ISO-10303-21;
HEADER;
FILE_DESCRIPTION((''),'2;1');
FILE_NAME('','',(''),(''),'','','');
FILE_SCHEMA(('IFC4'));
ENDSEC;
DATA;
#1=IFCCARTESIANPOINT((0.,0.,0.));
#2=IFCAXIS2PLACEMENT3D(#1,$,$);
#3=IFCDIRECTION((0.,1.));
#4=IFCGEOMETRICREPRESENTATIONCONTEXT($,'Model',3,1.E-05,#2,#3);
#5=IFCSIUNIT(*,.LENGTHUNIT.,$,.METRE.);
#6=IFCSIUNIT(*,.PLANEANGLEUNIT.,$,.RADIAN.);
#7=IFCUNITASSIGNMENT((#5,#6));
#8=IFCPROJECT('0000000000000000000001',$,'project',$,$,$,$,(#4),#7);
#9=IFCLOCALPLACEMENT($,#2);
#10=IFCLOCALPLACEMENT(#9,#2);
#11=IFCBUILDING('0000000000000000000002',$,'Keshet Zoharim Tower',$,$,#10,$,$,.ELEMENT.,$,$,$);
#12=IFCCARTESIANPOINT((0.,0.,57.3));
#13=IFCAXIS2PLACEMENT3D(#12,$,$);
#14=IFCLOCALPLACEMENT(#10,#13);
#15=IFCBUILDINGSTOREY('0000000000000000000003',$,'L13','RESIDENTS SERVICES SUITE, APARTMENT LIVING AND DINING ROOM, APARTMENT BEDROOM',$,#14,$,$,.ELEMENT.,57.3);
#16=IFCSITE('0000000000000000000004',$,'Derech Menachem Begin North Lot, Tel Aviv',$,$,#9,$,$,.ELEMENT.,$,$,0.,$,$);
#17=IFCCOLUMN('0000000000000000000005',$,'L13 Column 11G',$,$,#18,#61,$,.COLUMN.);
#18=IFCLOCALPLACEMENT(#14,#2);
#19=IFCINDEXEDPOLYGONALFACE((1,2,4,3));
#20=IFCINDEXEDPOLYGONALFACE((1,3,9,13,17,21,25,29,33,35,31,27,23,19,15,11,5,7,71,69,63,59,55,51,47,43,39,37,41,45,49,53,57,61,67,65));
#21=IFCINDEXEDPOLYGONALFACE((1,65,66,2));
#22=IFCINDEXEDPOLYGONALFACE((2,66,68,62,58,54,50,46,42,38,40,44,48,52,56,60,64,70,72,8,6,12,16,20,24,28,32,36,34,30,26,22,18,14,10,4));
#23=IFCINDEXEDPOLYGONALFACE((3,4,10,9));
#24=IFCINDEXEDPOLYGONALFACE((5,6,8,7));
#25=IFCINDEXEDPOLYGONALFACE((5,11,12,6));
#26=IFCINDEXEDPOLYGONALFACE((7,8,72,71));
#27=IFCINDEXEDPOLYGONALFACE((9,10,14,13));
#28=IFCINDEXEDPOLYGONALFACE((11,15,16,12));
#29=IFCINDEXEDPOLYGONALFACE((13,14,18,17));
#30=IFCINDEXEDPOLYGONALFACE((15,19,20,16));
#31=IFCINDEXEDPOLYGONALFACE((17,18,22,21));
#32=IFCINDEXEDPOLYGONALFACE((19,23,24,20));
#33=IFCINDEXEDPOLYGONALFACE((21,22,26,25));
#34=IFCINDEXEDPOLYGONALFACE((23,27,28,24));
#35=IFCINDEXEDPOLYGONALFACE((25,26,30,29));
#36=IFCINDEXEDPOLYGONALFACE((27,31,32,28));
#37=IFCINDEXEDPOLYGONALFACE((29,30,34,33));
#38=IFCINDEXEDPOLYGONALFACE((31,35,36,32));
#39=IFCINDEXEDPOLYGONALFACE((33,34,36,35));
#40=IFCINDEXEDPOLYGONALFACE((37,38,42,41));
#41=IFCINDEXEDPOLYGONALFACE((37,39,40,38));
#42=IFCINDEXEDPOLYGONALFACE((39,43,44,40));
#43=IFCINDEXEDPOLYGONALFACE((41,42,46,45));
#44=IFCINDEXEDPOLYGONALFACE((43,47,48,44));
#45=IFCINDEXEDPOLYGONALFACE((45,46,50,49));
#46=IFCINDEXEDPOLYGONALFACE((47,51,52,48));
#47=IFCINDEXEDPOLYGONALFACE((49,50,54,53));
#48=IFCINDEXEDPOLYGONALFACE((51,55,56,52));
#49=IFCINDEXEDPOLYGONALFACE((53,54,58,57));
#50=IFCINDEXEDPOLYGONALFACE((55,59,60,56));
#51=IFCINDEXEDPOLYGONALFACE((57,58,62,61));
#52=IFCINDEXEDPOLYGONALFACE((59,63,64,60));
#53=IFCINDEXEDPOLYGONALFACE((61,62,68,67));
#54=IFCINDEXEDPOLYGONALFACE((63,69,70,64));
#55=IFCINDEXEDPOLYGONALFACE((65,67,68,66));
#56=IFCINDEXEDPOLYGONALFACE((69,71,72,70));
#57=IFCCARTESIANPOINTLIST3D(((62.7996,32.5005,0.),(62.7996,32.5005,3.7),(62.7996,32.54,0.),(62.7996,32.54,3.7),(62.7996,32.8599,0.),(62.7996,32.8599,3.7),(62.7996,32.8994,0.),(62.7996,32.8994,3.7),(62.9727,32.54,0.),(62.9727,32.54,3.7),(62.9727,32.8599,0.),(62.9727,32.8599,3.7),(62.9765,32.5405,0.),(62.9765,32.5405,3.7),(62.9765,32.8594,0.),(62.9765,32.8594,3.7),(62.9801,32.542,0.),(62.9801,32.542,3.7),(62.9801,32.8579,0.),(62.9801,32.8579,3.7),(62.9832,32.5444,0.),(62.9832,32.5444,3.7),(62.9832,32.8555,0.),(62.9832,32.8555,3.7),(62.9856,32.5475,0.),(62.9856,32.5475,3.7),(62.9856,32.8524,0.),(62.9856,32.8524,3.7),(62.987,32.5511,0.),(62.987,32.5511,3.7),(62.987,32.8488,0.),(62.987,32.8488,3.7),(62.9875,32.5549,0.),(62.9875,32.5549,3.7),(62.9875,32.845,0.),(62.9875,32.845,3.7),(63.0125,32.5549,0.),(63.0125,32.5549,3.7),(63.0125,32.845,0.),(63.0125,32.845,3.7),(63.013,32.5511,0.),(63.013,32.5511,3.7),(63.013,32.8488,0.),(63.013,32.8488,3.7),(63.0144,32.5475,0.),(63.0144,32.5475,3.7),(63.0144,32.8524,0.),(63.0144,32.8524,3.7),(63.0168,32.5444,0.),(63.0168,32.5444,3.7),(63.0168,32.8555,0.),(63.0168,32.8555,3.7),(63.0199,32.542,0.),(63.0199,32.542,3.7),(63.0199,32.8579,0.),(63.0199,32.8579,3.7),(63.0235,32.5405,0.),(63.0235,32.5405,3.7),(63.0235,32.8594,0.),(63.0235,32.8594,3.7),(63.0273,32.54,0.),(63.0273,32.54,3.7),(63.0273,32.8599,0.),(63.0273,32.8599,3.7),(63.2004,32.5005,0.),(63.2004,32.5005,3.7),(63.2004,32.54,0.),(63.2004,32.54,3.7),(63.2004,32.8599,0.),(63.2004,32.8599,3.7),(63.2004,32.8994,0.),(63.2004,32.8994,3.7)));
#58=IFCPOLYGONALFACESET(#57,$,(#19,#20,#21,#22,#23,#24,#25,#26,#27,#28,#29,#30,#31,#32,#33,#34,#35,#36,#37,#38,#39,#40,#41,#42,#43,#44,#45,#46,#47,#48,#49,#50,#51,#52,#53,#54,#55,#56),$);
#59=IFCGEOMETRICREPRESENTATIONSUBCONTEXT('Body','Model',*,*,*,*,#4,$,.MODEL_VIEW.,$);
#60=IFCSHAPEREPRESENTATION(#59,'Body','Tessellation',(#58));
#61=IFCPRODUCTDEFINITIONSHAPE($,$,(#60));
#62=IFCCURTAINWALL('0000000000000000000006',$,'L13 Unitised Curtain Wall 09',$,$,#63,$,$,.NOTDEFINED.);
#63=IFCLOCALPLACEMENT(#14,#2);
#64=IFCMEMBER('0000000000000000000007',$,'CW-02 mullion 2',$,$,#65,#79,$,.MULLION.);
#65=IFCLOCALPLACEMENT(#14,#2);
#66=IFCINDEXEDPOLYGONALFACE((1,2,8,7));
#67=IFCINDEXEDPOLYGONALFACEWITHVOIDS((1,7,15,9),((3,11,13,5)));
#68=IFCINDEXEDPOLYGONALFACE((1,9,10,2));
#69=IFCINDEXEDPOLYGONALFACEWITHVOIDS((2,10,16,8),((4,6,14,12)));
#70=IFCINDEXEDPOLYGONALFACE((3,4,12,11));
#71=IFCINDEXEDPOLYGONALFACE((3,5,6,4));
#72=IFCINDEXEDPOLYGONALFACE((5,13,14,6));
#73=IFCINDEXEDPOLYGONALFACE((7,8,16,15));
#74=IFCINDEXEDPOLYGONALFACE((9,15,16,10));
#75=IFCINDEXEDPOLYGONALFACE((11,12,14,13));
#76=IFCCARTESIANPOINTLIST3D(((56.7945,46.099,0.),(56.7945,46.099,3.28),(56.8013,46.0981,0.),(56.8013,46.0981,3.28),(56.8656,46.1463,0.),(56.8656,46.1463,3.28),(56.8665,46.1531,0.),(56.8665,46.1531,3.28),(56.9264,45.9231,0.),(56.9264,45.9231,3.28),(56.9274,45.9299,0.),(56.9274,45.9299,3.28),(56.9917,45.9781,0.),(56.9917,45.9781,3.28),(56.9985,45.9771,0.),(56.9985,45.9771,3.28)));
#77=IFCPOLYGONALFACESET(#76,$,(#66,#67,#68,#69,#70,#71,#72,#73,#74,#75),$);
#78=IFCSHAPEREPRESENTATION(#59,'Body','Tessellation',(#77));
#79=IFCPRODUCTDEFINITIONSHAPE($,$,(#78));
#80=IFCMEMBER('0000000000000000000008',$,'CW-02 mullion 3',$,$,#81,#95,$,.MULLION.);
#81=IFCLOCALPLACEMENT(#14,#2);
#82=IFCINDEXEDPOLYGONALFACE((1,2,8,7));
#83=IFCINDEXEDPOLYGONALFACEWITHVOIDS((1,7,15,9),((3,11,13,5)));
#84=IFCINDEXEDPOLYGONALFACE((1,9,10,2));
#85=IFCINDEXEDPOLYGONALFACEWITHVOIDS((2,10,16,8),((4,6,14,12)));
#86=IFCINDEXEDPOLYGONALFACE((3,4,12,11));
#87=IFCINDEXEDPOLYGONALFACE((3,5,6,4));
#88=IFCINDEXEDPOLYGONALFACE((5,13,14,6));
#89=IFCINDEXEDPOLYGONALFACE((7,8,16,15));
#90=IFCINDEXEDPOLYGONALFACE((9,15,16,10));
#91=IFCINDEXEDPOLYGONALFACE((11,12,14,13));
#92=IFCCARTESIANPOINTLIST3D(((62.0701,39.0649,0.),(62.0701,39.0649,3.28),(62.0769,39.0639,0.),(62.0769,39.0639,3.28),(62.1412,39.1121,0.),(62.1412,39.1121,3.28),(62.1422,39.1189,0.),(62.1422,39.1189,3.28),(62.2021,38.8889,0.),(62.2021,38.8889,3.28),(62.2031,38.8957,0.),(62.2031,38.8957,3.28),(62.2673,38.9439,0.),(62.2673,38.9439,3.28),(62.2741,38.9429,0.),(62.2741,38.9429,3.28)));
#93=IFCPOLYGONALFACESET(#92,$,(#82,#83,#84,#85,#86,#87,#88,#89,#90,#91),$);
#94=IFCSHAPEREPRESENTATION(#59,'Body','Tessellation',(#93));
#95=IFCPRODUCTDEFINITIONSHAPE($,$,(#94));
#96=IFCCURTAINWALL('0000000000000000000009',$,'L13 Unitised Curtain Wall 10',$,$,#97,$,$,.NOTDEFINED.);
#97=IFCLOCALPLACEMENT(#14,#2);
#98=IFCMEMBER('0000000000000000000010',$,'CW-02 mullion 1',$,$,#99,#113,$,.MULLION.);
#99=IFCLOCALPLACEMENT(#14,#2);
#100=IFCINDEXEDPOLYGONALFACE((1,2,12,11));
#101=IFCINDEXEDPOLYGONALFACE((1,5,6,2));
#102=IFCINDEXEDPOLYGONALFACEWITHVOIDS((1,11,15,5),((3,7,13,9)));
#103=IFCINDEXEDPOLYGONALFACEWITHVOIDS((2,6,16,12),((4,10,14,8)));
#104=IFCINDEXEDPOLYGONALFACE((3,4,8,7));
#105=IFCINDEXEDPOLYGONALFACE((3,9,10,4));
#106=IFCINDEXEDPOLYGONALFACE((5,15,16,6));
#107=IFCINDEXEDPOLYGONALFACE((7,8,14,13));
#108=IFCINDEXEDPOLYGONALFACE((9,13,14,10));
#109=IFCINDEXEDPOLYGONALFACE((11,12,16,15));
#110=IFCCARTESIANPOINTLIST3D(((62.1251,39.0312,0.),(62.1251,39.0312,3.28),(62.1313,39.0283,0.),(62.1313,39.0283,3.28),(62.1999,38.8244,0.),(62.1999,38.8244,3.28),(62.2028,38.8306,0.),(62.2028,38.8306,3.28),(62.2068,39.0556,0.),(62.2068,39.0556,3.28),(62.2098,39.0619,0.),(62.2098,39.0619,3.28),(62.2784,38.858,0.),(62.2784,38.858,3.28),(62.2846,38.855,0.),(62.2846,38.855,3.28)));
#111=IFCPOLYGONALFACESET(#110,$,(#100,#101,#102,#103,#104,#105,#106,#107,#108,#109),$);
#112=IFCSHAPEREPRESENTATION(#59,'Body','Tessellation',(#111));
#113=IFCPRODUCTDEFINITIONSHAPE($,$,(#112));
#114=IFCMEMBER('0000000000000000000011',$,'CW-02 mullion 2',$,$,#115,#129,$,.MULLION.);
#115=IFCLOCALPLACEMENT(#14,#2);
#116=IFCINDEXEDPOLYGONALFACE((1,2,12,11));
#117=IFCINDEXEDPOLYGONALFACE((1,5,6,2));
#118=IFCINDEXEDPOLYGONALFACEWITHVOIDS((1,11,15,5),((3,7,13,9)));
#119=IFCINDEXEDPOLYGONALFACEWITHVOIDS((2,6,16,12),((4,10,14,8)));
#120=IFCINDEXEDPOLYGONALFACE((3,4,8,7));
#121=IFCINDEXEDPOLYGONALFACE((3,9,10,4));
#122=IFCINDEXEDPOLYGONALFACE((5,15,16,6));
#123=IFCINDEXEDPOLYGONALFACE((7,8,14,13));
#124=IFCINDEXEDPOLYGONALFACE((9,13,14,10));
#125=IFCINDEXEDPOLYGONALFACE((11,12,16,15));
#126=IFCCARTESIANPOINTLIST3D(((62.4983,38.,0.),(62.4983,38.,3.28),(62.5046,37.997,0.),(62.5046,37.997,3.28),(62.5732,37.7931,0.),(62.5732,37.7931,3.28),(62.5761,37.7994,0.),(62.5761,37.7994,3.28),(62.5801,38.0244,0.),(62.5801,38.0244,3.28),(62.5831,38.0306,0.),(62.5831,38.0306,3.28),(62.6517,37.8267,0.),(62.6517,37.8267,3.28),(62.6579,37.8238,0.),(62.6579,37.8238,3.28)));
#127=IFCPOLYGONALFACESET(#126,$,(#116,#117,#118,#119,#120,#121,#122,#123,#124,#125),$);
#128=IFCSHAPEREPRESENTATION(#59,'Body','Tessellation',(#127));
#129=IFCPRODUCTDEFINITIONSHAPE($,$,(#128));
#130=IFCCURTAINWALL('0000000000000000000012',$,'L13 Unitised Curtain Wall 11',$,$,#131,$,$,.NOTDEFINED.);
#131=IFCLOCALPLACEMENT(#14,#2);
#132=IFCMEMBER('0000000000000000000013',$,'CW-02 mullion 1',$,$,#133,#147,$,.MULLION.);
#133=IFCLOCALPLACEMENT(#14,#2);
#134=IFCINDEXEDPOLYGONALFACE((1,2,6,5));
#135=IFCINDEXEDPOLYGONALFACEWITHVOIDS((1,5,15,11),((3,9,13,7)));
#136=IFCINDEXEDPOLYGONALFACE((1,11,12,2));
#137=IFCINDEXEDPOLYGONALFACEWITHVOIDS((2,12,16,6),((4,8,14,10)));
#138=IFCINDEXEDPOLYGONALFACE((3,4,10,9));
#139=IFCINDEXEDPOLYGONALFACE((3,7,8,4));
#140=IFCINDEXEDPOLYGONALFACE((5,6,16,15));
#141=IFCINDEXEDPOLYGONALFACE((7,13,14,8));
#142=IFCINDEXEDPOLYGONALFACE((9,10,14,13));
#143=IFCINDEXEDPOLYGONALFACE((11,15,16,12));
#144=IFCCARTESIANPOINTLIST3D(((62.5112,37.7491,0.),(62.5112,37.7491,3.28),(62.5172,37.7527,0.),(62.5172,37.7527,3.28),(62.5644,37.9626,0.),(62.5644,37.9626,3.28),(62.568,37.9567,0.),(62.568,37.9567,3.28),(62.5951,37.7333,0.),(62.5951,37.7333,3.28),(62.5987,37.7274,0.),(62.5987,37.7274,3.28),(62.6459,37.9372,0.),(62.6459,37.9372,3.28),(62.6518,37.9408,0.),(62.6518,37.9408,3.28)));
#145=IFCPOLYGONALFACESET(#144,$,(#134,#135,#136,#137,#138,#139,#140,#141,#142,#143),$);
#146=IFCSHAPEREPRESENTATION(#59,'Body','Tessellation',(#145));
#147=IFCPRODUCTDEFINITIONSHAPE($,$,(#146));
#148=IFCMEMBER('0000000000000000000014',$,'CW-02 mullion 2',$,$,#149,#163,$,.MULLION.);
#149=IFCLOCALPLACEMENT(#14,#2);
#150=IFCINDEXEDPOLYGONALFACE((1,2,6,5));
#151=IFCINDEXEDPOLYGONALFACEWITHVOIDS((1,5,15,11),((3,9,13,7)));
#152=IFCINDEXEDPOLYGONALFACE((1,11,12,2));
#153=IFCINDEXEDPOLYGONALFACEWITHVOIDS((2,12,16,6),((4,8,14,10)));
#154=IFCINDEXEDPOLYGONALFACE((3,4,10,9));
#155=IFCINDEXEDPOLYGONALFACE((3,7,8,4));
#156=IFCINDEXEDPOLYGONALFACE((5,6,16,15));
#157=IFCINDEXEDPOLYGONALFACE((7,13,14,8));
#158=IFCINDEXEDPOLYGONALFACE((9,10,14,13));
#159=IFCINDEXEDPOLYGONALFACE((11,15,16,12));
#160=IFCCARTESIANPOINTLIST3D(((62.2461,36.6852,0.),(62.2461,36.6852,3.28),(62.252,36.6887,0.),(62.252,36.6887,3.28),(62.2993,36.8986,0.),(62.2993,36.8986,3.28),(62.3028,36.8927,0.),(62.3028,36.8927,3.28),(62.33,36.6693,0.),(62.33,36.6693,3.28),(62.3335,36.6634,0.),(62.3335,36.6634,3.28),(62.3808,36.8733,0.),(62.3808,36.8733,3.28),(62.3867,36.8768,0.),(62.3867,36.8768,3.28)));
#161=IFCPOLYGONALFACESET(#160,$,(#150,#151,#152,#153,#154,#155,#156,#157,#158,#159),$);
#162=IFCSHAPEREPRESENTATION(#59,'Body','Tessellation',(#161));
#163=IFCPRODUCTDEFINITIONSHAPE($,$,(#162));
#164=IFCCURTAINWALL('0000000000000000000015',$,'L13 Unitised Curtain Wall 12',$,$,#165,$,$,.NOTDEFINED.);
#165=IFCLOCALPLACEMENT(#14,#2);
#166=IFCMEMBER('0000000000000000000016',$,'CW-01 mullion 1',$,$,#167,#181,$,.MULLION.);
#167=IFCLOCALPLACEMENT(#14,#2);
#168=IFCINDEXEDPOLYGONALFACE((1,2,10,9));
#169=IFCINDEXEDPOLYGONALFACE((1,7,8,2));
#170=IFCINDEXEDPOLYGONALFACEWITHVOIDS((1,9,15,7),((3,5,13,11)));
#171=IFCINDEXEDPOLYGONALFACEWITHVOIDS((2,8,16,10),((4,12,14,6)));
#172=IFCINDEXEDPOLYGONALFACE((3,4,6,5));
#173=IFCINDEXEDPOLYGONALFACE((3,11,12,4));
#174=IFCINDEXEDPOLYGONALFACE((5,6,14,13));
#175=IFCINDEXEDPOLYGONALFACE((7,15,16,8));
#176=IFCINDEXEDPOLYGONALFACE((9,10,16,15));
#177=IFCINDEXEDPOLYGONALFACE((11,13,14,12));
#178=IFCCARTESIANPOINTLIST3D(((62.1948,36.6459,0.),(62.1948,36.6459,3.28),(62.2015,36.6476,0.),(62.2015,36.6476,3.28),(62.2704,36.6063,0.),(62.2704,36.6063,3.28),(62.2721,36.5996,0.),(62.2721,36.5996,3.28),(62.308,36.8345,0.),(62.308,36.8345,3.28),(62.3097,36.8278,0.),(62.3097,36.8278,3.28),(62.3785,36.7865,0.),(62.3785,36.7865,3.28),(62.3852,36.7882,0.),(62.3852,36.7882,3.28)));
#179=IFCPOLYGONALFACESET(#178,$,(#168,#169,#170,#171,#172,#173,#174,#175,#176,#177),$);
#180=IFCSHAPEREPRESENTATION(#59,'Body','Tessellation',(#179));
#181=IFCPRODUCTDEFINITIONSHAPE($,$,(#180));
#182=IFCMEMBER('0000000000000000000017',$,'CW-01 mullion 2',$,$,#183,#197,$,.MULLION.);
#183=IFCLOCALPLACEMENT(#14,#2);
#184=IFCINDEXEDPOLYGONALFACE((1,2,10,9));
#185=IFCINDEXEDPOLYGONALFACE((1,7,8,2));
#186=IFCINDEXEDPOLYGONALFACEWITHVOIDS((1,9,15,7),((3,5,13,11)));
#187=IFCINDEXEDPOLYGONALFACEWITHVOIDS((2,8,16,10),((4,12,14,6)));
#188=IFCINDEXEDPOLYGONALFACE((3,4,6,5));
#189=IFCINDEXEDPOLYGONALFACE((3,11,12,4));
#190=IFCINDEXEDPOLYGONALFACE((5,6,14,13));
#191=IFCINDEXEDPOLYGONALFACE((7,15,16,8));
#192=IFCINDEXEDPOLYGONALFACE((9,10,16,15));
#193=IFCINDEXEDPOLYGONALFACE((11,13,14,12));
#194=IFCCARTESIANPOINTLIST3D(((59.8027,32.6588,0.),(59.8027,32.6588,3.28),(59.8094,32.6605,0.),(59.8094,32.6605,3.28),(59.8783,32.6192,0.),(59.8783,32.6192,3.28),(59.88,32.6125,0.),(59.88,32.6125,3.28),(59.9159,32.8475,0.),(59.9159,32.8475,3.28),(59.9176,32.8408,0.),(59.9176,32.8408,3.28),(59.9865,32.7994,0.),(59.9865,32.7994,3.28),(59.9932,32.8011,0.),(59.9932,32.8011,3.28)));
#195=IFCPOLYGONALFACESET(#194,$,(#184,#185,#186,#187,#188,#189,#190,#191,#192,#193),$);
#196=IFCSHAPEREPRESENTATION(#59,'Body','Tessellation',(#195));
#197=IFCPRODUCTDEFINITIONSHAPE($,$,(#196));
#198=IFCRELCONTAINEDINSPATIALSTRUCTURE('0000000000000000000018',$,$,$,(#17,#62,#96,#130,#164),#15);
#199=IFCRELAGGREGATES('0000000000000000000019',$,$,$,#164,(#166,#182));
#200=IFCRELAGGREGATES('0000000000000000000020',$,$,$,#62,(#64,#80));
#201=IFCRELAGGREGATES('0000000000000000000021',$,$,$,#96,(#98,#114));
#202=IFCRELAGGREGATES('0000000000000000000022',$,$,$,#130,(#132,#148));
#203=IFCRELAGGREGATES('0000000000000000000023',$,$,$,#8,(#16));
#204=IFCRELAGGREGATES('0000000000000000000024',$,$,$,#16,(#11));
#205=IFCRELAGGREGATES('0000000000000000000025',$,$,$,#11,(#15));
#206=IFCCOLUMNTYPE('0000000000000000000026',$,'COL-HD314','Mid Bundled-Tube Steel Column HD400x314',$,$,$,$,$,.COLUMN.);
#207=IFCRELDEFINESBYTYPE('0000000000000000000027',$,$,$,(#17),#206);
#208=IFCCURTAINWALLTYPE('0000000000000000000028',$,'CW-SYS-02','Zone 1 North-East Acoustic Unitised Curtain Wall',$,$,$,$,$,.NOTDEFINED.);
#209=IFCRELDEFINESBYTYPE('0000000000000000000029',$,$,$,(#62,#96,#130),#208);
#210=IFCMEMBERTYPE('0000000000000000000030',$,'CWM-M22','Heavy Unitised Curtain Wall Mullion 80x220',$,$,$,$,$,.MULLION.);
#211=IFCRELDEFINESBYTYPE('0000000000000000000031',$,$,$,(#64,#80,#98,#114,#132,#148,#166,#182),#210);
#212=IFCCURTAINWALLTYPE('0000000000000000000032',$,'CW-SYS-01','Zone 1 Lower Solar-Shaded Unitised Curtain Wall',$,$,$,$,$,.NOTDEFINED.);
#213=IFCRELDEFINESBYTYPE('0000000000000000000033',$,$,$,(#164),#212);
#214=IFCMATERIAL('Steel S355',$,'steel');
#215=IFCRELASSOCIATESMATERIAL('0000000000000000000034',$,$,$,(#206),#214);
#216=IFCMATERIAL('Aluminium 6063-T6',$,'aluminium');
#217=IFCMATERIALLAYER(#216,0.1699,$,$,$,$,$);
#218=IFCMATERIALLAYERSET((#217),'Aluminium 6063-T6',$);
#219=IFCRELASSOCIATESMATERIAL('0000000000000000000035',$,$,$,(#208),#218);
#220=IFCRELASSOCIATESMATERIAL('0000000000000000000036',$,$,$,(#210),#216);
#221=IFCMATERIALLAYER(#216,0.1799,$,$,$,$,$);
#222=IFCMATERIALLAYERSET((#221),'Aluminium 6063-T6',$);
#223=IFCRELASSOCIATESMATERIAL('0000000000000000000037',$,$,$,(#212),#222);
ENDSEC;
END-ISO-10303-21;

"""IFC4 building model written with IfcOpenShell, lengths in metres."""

from ifc_helpers import new_model, si_unit, direction, frame, origin, origin_2d, place, context, subcontext, project, spatial, hollow_rectangle, i_section, extrude, material, layer, layer_set, material_profile, profile_set, type_object, element, aggregate, save


model = new_model("IFC4")

# Units and contexts
model_context = context("Model", 3, precision=1e-05, world=origin(), true_north=direction((0.0, 1.0)))
body_context = subcontext(model_context, "Body", "Model", "MODEL_VIEW")
ifc_project = project(units=[si_unit("LENGTHUNIT", "METRE"), si_unit("PLANEANGLEUNIT", "RADIAN")], contexts=[model_context])

# Site, building, storey
site_placement = place(None, origin())
site = spatial("IfcSite", under=ifc_project, at=site_placement, Name="Derech Menachem Begin North Lot, Tel Aviv", CompositionType="ELEMENT", RefElevation=0.0)
building_placement = place(site_placement, origin())
building = spatial("IfcBuilding", under=site, at=building_placement, Name="Keshet Zoharim Tower", CompositionType="ELEMENT")
storey_placement = place(building_placement, frame((0.0, 0.0, 57.3)))
storey = spatial("IfcBuildingStorey", under=building, at=storey_placement, Name="L13", Description="RESIDENTS SERVICES SUITE, APARTMENT LIVING AND DINING ROOM, APARTMENT BEDROOM", CompositionType="ELEMENT", Elevation=57.3)

# Column
ifc_material_1 = material(Name="Steel S355", Category="steel")
ifc_material_profile_1 = material_profile(ifc_material_1, i_section(OverallWidth=0.4009, OverallDepth=0.3989, WebThickness=0.0249, FlangeThickness=0.0396, FilletRadius=0.0149, at=origin_2d()), Name="HD400x314")
ifc_profile_set_1 = profile_set([ifc_material_profile_1], Name="Steel S355")
column_type = type_object("IfcColumnType", Name="COL-HD314", Description="Mid Bundled-Tube Steel Column HD400x314", PredefinedType="COLUMN", material=ifc_profile_set_1)
column_placement = place(storey_placement, frame((63.0, 32.7, 0.0), z_axis=(0.0, 0.0, 1.0), x_axis=(1.0, 0.0, 0.0)))
element("IfcColumn", 1, at=column_placement, inside=storey, type_object=column_type, Name="L13 Column 11G", PredefinedType="COLUMN", context=body_context, shape_type="SweptSolid", body=[
    extrude(i_section(OverallWidth=0.4009, OverallDepth=0.3989, WebThickness=0.0249, FlangeThickness=0.0396, FilletRadius=0.0149, at=origin_2d()), origin(), (0.0, 0.0, 1.0), 3.7),
])

# Curtain walls, members
ifc_material_2 = material(Name="Aluminium 6063-T6", Category="aluminium")
ifc_layer_1 = layer(ifc_material_2, 0.1699)
ifc_layer_set_1 = layer_set([ifc_layer_1], Name="Aluminium 6063-T6")
curtain_wall_type_1 = type_object("IfcCurtainWallType", Name="CW-SYS-02", Description="Zone 1 North-East Acoustic Unitised Curtain Wall", PredefinedType="NOTDEFINED", material=ifc_layer_set_1)
curtain_wall_1_placement = place(storey_placement, origin())
curtain_wall_1 = element("IfcCurtainWall", 2, at=curtain_wall_1_placement, inside=storey, type_object=curtain_wall_type_1, Name="L13 Unitised Curtain Wall 09", PredefinedType="NOTDEFINED")
ifc_material_profile_2 = material_profile(ifc_material_2, hollow_rectangle(XDim=0.0901, YDim=0.22, WallThickness=0.0049, at=origin_2d()), Name="MUL-90x220")
ifc_profile_set_2 = profile_set([ifc_material_profile_2], Name="Aluminium 6063-T6")
member_type_1 = type_object("IfcMemberType", Name="CWM-M22", Description="Heavy Unitised Curtain Wall Mullion 80x220", PredefinedType="MULLION", material=ifc_profile_set_2)
member_1_placement = place(storey_placement, frame((56.8965, 46.0381, 0.0), z_axis=(0.0, 0.0, 1.0), x_axis=(0.8, 0.6, 0.0)))
member_1 = element("IfcMember", 3, at=member_1_placement, type_object=member_type_1, Name="CW-02 mullion 2", PredefinedType="MULLION", context=body_context, shape_type="SweptSolid", body=[
    extrude(hollow_rectangle(XDim=0.0901, YDim=0.22, WallThickness=0.0049, at=origin_2d()), origin(), (0.0, 0.0, 1.0), 3.28),
])
member_2_placement = place(storey_placement, frame((62.1721, 39.0039, 0.0), z_axis=(0.0, 0.0, 1.0), x_axis=(0.8, 0.6, 0.0)))
member_2 = element("IfcMember", 4, at=member_2_placement, type_object=member_type_1, Name="CW-02 mullion 3", PredefinedType="MULLION", context=body_context, shape_type="SweptSolid", body=[
    extrude(hollow_rectangle(XDim=0.0901, YDim=0.22, WallThickness=0.0049, at=origin_2d()), origin(), (0.0, 0.0, 1.0), 3.28),
])
curtain_wall_2_placement = place(storey_placement, origin())
curtain_wall_2 = element("IfcCurtainWall", 5, at=curtain_wall_2_placement, inside=storey, type_object=curtain_wall_type_1, Name="L13 Unitised Curtain Wall 10", PredefinedType="NOTDEFINED")
member_3_placement = place(storey_placement, frame((62.2048, 38.9431, 0.0), z_axis=(0.0, 0.0, 1.0), x_axis=(0.940318, 0.340297, 0.0)))
member_3 = element("IfcMember", 6, at=member_3_placement, type_object=member_type_1, Name="CW-02 mullion 1", PredefinedType="MULLION", context=body_context, shape_type="SweptSolid", body=[
    extrude(hollow_rectangle(XDim=0.0901, YDim=0.22, WallThickness=0.0049, at=origin_2d()), origin(), (0.0, 0.0, 1.0), 3.28),
])
member_4_placement = place(storey_placement, frame((62.5781, 37.9119, 0.0), z_axis=(0.0, 0.0, 1.0), x_axis=(0.940318, 0.340297, 0.0)))
member_4 = element("IfcMember", 7, at=member_4_placement, type_object=member_type_1, Name="CW-02 mullion 2", PredefinedType="MULLION", context=body_context, shape_type="SweptSolid", body=[
    extrude(hollow_rectangle(XDim=0.0901, YDim=0.22, WallThickness=0.0049, at=origin_2d()), origin(), (0.0, 0.0, 1.0), 3.28),
])
curtain_wall_3_placement = place(storey_placement, origin())
curtain_wall_3 = element("IfcCurtainWall", 8, at=curtain_wall_3_placement, inside=storey, type_object=curtain_wall_type_1, Name="L13 Unitised Curtain Wall 11", PredefinedType="NOTDEFINED")
member_5_placement = place(storey_placement, frame((62.5815, 37.845, 0.0), z_axis=(0.0, 0.0, 1.0), x_axis=(0.970344, -0.241729, 0.0)))
member_5 = element("IfcMember", 9, at=member_5_placement, type_object=member_type_1, Name="CW-02 mullion 1", PredefinedType="MULLION", context=body_context, shape_type="SweptSolid", body=[
    extrude(hollow_rectangle(XDim=0.0901, YDim=0.22, WallThickness=0.0049, at=origin_2d()), origin(), (0.0, 0.0, 1.0), 3.28),
])
member_6_placement = place(storey_placement, frame((62.3164, 36.781, 0.0), z_axis=(0.0, 0.0, 1.0), x_axis=(0.970344, -0.241729, 0.0)))
member_6 = element("IfcMember", 10, at=member_6_placement, type_object=member_type_1, Name="CW-02 mullion 2", PredefinedType="MULLION", context=body_context, shape_type="SweptSolid", body=[
    extrude(hollow_rectangle(XDim=0.0901, YDim=0.22, WallThickness=0.0049, at=origin_2d()), origin(), (0.0, 0.0, 1.0), 3.28),
])
ifc_layer_2 = layer(ifc_material_2, 0.1799)
ifc_layer_set_2 = layer_set([ifc_layer_2], Name="Aluminium 6063-T6")
curtain_wall_type_2 = type_object("IfcCurtainWallType", Name="CW-SYS-01", Description="Zone 1 Lower Solar-Shaded Unitised Curtain Wall", PredefinedType="NOTDEFINED", material=ifc_layer_set_2)
curtain_wall_4_placement = place(storey_placement, origin())
curtain_wall_4 = element("IfcCurtainWall", 11, at=curtain_wall_4_placement, inside=storey, type_object=curtain_wall_type_2, Name="L13 Unitised Curtain Wall 12", PredefinedType="NOTDEFINED")
member_7_placement = place(storey_placement, frame((62.29, 36.717, 0.0), z_axis=(0.0, 0.0, 1.0), x_axis=(0.857512, -0.514465, 0.0)))
member_7 = element("IfcMember", 12, at=member_7_placement, type_object=member_type_1, Name="CW-01 mullion 1", PredefinedType="MULLION", context=body_context, shape_type="SweptSolid", body=[
    extrude(hollow_rectangle(XDim=0.0901, YDim=0.22, WallThickness=0.0049, at=origin_2d()), origin(), (0.0, 0.0, 1.0), 3.28),
])
member_8_placement = place(storey_placement, frame((59.8979, 32.73, 0.0), z_axis=(0.0, 0.0, 1.0), x_axis=(0.857512, -0.514465, 0.0)))
member_8 = element("IfcMember", 13, at=member_8_placement, type_object=member_type_1, Name="CW-01 mullion 2", PredefinedType="MULLION", context=body_context, shape_type="SweptSolid", body=[
    extrude(hollow_rectangle(XDim=0.0901, YDim=0.22, WallThickness=0.0049, at=origin_2d()), origin(), (0.0, 0.0, 1.0), 3.28),
])

aggregate(curtain_wall_4, [member_7, member_8])
aggregate(curtain_wall_1, [member_1, member_2])
aggregate(curtain_wall_2, [member_3, member_4])
aggregate(curtain_wall_3, [member_5, member_6])

save(model, "model.ifc")
